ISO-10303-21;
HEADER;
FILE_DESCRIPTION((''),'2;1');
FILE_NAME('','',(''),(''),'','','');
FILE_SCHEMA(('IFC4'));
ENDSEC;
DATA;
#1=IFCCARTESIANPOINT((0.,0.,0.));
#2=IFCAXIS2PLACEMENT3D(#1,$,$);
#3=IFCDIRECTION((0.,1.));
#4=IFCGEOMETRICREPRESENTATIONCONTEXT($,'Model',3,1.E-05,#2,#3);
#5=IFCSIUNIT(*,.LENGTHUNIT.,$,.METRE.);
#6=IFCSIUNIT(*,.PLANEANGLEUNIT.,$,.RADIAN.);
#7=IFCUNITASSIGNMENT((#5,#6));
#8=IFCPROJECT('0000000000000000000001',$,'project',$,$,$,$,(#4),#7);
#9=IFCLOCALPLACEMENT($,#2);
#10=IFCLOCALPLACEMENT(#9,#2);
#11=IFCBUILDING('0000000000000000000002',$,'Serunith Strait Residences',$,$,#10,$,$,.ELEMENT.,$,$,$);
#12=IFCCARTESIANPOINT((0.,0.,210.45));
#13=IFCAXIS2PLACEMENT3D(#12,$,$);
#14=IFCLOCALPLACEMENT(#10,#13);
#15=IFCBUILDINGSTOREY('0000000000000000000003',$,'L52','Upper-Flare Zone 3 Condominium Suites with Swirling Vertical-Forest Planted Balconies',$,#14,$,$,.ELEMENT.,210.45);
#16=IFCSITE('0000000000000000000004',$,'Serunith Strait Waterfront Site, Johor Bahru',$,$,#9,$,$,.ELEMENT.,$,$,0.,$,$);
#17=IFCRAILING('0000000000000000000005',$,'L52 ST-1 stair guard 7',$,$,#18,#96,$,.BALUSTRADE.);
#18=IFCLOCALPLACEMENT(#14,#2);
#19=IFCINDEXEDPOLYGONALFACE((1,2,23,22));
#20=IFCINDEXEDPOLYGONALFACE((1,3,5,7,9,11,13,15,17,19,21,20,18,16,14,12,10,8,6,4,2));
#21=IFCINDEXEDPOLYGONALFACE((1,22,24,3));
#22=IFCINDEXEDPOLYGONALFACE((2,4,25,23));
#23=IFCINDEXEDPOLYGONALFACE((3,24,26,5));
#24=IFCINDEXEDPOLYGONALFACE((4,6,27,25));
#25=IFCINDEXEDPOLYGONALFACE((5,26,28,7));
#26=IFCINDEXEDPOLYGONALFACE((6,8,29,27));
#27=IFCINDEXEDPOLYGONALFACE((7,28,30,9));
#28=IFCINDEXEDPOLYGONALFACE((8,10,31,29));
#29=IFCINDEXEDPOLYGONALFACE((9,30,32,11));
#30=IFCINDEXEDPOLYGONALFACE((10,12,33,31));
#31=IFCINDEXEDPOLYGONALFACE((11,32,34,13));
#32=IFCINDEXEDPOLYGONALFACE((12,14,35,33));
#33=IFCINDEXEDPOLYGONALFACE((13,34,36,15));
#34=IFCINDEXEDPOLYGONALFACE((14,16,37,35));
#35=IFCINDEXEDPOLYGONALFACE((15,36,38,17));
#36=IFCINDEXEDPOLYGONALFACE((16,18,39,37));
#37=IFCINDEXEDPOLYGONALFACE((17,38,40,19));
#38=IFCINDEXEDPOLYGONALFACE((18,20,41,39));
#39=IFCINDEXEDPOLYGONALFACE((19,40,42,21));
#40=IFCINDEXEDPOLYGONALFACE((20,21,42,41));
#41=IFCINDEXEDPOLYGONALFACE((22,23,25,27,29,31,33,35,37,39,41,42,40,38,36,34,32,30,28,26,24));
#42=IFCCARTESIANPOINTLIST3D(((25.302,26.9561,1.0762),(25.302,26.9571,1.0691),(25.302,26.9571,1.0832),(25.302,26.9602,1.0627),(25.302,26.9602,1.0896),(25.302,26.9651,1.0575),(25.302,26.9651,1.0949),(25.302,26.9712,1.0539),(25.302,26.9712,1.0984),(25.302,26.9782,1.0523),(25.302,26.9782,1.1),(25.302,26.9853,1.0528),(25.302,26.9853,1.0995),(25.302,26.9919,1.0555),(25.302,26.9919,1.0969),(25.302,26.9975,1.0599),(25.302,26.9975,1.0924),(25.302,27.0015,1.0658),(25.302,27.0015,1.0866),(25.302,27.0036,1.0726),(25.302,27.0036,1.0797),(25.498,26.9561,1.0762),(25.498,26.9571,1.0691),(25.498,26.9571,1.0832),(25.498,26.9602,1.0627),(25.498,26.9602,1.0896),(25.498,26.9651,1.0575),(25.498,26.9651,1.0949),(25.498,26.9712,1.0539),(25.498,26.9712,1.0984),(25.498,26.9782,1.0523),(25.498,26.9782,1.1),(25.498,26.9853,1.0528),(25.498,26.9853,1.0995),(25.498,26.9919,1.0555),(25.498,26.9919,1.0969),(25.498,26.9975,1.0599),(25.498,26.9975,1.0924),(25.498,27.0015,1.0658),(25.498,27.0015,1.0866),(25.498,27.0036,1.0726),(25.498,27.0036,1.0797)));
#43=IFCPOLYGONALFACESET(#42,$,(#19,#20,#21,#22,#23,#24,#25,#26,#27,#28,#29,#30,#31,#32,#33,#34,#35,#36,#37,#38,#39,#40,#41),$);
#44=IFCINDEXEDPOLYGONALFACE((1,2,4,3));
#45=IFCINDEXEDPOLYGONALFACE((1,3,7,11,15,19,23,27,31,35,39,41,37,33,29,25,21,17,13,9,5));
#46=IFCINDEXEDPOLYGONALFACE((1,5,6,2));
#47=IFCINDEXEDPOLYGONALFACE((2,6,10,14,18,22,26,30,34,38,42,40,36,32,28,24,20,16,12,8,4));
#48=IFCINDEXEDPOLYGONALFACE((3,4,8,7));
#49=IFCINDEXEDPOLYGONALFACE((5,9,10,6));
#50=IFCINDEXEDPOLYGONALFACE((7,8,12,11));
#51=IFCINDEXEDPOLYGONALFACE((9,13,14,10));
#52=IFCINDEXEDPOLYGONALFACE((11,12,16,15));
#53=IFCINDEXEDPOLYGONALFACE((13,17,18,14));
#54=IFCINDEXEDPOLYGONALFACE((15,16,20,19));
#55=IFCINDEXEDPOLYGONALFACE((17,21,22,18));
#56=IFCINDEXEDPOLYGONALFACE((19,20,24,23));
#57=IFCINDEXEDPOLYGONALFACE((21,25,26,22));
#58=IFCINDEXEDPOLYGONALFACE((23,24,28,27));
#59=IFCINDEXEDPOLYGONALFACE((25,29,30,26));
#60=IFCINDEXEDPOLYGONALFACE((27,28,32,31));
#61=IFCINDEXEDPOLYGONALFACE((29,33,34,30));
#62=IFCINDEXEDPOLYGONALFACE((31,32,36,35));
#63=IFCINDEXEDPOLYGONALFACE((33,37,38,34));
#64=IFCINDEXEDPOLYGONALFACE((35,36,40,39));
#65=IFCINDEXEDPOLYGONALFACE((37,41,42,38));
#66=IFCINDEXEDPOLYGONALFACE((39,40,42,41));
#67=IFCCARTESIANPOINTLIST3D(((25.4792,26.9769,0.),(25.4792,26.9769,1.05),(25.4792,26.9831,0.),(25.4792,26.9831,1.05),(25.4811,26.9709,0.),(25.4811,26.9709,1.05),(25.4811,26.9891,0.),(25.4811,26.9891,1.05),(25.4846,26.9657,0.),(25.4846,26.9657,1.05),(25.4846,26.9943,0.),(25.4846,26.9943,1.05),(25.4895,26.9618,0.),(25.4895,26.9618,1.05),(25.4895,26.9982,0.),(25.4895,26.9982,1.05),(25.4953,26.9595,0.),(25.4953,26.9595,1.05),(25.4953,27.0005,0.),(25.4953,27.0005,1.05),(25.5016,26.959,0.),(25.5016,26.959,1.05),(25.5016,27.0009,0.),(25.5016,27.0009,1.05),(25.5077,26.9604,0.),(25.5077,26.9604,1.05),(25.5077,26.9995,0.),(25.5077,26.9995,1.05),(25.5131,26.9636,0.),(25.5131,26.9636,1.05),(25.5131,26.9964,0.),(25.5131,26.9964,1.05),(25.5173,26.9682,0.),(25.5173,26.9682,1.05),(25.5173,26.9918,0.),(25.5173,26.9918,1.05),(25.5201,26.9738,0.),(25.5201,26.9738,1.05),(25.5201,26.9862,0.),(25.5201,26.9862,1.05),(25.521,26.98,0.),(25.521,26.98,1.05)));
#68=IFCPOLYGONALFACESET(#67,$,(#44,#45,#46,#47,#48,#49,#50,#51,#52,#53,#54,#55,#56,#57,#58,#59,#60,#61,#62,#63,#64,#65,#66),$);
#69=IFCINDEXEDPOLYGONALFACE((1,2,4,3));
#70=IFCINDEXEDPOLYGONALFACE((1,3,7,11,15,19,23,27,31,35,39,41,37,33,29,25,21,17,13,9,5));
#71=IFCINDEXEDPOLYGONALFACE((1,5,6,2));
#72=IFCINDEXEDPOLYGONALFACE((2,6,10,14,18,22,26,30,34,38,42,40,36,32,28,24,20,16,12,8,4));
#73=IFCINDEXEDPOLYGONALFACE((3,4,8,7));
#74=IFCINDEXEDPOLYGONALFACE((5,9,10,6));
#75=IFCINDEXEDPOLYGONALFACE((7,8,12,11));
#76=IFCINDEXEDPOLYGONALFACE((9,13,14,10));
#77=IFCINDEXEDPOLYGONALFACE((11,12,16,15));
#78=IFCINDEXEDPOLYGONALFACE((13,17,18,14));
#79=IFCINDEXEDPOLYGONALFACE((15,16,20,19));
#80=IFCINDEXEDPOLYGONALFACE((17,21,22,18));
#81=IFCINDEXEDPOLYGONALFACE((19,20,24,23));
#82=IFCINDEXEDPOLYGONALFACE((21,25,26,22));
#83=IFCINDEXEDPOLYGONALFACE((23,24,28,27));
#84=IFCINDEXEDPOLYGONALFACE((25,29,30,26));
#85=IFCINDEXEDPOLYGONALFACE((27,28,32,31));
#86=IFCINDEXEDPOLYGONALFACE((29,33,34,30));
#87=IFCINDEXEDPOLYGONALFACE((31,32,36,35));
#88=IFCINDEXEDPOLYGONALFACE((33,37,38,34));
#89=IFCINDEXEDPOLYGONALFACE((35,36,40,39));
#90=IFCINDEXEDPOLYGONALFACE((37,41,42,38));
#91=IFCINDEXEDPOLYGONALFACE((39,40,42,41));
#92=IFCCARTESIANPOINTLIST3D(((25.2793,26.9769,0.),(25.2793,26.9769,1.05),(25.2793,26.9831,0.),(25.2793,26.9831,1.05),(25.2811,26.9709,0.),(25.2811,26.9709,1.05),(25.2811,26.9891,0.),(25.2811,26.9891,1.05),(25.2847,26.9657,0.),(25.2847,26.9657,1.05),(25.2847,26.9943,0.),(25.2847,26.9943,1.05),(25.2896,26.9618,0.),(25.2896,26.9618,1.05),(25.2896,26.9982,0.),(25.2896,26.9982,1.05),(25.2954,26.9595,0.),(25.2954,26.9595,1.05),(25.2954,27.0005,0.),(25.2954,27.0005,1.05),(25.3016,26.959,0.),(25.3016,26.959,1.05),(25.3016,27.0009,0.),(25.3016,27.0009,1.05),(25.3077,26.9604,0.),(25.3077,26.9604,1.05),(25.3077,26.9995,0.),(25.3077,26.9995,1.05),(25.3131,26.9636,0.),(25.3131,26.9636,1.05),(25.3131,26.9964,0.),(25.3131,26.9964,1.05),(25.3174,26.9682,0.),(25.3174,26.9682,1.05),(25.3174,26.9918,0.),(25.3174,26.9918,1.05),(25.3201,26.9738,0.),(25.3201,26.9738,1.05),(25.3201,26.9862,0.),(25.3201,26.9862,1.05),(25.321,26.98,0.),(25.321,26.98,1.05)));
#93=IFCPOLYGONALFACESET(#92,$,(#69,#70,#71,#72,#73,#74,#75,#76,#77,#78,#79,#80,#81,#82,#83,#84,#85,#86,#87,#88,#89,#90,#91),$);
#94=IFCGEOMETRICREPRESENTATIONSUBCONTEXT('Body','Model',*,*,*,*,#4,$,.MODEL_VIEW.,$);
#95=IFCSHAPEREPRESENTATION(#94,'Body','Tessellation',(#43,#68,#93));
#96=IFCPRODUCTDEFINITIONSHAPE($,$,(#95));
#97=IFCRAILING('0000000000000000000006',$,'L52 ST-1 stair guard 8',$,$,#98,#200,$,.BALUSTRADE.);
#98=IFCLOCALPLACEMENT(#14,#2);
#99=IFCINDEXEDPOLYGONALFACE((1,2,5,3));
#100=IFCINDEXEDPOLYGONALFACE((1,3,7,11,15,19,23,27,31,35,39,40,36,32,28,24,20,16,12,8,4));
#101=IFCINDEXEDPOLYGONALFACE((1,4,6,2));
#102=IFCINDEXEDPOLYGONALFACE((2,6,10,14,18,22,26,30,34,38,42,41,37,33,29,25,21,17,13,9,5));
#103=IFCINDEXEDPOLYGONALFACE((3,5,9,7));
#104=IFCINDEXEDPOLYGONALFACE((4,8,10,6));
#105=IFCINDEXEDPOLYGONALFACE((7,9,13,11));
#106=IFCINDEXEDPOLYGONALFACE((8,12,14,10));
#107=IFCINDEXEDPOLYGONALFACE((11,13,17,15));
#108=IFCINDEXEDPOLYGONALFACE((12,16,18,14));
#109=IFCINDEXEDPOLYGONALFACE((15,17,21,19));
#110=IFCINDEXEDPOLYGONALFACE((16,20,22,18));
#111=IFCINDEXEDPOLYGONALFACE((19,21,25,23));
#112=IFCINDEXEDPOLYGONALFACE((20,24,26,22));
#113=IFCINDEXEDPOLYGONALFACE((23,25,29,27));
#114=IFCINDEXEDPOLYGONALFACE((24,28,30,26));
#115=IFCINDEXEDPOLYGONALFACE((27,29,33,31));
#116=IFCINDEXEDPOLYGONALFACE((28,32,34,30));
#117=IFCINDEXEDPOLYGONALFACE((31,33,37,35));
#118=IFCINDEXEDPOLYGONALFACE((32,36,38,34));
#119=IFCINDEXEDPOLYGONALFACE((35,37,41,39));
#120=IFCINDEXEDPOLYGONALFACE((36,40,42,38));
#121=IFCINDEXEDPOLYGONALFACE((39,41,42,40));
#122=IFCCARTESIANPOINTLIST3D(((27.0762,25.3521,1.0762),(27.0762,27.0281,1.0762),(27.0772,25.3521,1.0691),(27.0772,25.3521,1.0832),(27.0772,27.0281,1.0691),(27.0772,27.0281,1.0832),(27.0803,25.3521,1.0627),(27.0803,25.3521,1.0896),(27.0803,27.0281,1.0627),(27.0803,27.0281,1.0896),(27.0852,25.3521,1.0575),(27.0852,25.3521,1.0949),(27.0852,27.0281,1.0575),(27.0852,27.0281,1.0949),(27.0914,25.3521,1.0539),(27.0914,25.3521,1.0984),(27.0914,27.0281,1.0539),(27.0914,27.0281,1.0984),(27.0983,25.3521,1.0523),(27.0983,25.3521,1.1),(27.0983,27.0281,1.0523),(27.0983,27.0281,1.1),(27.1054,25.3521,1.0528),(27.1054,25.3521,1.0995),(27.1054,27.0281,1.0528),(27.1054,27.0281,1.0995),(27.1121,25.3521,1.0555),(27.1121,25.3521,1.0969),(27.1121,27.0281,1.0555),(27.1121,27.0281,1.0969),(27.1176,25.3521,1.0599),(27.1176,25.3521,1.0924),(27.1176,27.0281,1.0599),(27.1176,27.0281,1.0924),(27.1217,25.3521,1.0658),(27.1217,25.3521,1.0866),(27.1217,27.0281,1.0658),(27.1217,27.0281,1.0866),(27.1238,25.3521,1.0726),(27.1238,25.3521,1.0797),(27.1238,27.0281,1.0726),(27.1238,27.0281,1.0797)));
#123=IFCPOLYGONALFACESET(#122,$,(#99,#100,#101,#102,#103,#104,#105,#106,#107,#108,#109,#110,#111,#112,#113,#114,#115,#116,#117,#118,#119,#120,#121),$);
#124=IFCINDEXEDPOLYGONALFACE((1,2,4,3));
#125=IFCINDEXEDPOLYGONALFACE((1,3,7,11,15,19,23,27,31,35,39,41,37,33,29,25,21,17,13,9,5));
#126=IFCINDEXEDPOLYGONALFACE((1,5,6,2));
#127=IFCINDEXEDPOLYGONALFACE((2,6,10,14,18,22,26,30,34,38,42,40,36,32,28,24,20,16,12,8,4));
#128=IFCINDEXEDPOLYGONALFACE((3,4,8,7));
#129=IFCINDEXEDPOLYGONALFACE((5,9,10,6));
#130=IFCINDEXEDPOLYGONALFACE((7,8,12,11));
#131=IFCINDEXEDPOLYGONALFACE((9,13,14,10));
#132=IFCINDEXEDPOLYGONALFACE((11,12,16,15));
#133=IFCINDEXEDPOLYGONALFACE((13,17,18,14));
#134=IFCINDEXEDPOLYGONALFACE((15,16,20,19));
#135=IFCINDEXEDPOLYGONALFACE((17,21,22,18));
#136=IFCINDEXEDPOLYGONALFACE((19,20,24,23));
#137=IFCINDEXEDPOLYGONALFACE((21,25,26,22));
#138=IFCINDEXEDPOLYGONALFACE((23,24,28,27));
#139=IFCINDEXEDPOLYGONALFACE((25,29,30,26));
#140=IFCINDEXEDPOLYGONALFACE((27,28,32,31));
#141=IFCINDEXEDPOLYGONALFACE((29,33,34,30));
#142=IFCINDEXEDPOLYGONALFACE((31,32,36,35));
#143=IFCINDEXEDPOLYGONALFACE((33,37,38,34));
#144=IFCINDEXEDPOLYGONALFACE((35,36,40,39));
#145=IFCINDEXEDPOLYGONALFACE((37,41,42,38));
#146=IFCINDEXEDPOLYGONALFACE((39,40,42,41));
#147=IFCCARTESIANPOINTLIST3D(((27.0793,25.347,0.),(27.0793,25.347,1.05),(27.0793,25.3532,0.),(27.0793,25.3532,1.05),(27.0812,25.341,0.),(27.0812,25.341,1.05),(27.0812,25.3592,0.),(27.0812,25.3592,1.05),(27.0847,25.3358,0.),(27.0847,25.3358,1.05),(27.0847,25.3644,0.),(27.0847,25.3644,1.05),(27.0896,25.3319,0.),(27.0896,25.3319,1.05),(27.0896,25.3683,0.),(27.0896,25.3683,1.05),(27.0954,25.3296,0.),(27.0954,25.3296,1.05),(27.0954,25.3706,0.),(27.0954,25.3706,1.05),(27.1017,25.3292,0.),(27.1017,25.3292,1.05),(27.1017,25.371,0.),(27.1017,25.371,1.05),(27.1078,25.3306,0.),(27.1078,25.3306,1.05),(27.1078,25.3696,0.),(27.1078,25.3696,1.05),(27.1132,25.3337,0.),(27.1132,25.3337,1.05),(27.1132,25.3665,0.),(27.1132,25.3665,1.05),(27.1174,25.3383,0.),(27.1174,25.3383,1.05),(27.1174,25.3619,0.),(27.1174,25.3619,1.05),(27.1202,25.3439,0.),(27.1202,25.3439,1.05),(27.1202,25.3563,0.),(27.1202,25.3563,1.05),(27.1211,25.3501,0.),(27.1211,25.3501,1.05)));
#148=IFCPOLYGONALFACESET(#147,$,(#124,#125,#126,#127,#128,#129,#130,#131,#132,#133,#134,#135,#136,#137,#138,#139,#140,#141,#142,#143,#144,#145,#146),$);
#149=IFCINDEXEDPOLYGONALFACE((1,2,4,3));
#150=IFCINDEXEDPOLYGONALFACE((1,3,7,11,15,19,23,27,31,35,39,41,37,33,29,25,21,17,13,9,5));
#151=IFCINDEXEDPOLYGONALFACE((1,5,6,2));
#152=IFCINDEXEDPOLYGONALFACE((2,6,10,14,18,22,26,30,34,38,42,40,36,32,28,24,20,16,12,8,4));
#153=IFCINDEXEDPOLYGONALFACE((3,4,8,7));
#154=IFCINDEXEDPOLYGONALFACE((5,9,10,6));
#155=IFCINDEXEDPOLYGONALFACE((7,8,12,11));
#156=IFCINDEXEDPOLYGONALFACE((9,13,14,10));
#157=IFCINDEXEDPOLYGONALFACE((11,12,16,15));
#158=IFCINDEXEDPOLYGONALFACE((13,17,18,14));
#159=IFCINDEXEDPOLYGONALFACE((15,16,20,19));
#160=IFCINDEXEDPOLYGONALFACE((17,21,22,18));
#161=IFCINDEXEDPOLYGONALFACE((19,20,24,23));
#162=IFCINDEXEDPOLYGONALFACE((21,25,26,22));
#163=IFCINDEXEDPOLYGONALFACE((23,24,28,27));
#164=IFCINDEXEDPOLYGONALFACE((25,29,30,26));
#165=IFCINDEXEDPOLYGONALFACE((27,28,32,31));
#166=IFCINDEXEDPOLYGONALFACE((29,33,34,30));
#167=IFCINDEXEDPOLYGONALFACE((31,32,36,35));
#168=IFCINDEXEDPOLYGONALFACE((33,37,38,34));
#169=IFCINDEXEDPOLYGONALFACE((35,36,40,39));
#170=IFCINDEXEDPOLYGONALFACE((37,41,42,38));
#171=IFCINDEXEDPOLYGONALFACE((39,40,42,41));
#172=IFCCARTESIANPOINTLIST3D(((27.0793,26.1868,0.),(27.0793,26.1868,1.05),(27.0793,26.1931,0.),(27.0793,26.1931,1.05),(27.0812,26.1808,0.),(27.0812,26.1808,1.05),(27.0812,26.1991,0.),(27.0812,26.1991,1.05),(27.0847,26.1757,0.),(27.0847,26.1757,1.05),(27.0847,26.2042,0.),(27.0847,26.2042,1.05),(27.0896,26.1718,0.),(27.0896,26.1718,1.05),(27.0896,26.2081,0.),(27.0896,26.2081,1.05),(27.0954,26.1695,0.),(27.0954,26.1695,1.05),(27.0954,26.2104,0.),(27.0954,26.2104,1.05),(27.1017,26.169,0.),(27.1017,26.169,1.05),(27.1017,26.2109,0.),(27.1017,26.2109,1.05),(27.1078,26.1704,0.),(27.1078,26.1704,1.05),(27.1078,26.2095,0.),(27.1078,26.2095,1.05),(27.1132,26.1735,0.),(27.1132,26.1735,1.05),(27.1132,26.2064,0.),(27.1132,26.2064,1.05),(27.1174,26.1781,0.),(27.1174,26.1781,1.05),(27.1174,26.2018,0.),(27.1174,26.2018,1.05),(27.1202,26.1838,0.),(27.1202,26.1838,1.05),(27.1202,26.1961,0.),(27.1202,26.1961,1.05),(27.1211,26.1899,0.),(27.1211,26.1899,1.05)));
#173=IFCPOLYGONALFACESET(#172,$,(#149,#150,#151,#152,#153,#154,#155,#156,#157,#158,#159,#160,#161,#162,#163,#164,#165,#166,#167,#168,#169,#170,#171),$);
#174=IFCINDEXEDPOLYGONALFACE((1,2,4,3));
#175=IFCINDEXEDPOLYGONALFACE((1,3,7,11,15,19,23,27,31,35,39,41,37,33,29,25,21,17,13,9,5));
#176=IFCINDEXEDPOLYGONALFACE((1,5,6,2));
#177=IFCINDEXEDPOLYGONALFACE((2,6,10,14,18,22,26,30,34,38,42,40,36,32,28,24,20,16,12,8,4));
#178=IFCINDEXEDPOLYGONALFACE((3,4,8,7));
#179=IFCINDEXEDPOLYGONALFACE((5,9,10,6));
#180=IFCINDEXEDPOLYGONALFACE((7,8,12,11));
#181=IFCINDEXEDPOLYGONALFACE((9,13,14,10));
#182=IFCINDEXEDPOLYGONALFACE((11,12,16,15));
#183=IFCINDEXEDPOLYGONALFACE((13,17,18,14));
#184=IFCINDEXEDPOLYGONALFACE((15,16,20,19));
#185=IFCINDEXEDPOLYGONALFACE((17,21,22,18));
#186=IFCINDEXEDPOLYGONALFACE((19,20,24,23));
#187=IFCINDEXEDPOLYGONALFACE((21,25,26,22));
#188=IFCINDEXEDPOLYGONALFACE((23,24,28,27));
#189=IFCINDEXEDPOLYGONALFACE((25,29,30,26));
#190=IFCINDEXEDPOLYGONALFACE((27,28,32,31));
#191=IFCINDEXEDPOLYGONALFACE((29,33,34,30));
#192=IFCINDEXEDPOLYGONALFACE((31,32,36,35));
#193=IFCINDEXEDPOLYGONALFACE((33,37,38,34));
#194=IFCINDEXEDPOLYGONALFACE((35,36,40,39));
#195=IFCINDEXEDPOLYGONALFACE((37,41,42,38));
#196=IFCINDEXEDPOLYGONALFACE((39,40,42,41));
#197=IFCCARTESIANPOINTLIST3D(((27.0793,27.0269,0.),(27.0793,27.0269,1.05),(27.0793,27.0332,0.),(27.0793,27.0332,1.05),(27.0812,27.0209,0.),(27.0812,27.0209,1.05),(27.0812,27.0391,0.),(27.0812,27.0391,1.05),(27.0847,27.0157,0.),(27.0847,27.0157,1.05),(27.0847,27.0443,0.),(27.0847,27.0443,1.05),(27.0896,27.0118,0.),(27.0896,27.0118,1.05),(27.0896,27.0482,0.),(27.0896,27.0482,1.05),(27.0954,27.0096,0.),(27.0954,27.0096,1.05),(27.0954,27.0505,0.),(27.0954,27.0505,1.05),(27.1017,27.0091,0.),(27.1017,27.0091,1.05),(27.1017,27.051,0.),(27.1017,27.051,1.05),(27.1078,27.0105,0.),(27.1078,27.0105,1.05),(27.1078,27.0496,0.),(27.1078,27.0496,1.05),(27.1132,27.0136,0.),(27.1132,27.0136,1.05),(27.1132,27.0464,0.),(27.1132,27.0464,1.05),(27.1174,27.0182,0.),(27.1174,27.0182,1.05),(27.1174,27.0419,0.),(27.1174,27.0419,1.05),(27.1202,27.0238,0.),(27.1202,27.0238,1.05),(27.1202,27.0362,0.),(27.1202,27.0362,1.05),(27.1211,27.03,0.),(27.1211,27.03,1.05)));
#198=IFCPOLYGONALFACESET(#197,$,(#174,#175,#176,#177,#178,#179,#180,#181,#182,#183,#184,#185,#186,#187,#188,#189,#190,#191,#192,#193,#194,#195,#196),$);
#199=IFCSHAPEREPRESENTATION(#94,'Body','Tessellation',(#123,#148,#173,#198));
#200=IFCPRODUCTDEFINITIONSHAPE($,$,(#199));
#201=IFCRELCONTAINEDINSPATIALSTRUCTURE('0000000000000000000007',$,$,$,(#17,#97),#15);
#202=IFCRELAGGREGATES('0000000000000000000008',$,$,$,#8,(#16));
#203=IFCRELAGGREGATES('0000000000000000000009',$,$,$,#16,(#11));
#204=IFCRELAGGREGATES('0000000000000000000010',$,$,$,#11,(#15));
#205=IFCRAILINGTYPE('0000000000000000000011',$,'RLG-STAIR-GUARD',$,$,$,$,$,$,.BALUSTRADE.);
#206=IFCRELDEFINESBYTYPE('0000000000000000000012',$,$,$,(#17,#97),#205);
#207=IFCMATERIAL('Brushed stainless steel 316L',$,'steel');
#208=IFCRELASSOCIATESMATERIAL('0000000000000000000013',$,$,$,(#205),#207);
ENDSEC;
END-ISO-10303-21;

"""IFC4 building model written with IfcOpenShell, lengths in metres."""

from ifc_helpers import new_model, si_unit, direction, frame, origin, origin_2d, place, context, subcontext, project, spatial, circle, extrude, material, type_object, element, save


model = new_model("IFC4")

# Units and contexts
model_context = context("Model", 3, precision=1e-05, world=origin(), true_north=direction((0.0, 1.0)))
body_context = subcontext(model_context, "Body", "Model", "MODEL_VIEW")
ifc_project = project(units=[si_unit("LENGTHUNIT", "METRE"), si_unit("PLANEANGLEUNIT", "RADIAN")], contexts=[model_context])

# Site, building, storey
site_placement = place(None, origin())
site = spatial("IfcSite", under=ifc_project, at=site_placement, Name="Serunith Strait Waterfront Site, Johor Bahru", CompositionType="ELEMENT", RefElevation=0.0)
building_placement = place(site_placement, origin())
building = spatial("IfcBuilding", under=site, at=building_placement, Name="Serunith Strait Residences", CompositionType="ELEMENT")
storey_placement = place(building_placement, frame((0.0, 0.0, 210.45)))
storey = spatial("IfcBuildingStorey", under=building, at=storey_placement, Name="L52", Description="Upper-Flare Zone 3 Condominium Suites with Swirling Vertical-Forest Planted Balconies", CompositionType="ELEMENT", Elevation=210.45)

# Railings
ifc_material_1 = material(Name="Brushed stainless steel 316L", Category="steel")
railing_type_1 = type_object("IfcRailingType", Name="RLG-STAIR-GUARD", PredefinedType="BALUSTRADE", material=ifc_material_1)
railing_1_placement = place(storey_placement, frame((25.5, 26.98, 0.0)))
element("IfcRailing", 1, at=railing_1_placement, inside=storey, type_object=railing_type_1, Name="L52 ST-1 stair guard 7", PredefinedType="BALUSTRADE", context=body_context, shape_type="SweptSolid", body=[
    extrude(circle(Radius=0.0239, at=origin_2d()), frame((-0.002, 0.0, 1.0762), z_axis=(-1.0, 0.0, 0.0), x_axis=(0.0, -1.0, 0.0)), (0.0, 0.0, 1.0), 0.196),
    extrude(circle(Radius=0.021, at=origin_2d()), origin(), (0.0, 0.0, 1.0), 1.05),
    extrude(circle(Radius=0.021, at=origin_2d()), frame((-0.2, 0.0, 0.0)), (0.0, 0.0, 1.0), 1.05),
])
for number, where, name in (
    (2, (27.1001, 25.3501, 0.0), "L52 ST-1 stair guard 8"),
):
    element("IfcRailing", number, at=place(storey_placement, frame(where)), inside=storey, type_object=railing_type_1, Name=name, PredefinedType="BALUSTRADE", context=body_context, shape_type="SweptSolid", body=[
        extrude(circle(Radius=0.0239, at=origin_2d()), frame((0.0, 0.002, 1.0762), z_axis=(0.0, 1.0, 0.0), x_axis=(-1.0, 0.0, 0.0)), (0.0, 0.0, 1.0), 1.676),
        extrude(circle(Radius=0.021, at=origin_2d()), origin(), (0.0, 0.0, 1.0), 1.05),
        extrude(circle(Radius=0.021, at=origin_2d()), frame((0.0, 0.8398, 0.0)), (0.0, 0.0, 1.0), 1.05),
        extrude(circle(Radius=0.021, at=origin_2d()), frame((0.0, 1.6799, 0.0)), (0.0, 0.0, 1.0), 1.05),
    ])

save(model, "model.ifc")
